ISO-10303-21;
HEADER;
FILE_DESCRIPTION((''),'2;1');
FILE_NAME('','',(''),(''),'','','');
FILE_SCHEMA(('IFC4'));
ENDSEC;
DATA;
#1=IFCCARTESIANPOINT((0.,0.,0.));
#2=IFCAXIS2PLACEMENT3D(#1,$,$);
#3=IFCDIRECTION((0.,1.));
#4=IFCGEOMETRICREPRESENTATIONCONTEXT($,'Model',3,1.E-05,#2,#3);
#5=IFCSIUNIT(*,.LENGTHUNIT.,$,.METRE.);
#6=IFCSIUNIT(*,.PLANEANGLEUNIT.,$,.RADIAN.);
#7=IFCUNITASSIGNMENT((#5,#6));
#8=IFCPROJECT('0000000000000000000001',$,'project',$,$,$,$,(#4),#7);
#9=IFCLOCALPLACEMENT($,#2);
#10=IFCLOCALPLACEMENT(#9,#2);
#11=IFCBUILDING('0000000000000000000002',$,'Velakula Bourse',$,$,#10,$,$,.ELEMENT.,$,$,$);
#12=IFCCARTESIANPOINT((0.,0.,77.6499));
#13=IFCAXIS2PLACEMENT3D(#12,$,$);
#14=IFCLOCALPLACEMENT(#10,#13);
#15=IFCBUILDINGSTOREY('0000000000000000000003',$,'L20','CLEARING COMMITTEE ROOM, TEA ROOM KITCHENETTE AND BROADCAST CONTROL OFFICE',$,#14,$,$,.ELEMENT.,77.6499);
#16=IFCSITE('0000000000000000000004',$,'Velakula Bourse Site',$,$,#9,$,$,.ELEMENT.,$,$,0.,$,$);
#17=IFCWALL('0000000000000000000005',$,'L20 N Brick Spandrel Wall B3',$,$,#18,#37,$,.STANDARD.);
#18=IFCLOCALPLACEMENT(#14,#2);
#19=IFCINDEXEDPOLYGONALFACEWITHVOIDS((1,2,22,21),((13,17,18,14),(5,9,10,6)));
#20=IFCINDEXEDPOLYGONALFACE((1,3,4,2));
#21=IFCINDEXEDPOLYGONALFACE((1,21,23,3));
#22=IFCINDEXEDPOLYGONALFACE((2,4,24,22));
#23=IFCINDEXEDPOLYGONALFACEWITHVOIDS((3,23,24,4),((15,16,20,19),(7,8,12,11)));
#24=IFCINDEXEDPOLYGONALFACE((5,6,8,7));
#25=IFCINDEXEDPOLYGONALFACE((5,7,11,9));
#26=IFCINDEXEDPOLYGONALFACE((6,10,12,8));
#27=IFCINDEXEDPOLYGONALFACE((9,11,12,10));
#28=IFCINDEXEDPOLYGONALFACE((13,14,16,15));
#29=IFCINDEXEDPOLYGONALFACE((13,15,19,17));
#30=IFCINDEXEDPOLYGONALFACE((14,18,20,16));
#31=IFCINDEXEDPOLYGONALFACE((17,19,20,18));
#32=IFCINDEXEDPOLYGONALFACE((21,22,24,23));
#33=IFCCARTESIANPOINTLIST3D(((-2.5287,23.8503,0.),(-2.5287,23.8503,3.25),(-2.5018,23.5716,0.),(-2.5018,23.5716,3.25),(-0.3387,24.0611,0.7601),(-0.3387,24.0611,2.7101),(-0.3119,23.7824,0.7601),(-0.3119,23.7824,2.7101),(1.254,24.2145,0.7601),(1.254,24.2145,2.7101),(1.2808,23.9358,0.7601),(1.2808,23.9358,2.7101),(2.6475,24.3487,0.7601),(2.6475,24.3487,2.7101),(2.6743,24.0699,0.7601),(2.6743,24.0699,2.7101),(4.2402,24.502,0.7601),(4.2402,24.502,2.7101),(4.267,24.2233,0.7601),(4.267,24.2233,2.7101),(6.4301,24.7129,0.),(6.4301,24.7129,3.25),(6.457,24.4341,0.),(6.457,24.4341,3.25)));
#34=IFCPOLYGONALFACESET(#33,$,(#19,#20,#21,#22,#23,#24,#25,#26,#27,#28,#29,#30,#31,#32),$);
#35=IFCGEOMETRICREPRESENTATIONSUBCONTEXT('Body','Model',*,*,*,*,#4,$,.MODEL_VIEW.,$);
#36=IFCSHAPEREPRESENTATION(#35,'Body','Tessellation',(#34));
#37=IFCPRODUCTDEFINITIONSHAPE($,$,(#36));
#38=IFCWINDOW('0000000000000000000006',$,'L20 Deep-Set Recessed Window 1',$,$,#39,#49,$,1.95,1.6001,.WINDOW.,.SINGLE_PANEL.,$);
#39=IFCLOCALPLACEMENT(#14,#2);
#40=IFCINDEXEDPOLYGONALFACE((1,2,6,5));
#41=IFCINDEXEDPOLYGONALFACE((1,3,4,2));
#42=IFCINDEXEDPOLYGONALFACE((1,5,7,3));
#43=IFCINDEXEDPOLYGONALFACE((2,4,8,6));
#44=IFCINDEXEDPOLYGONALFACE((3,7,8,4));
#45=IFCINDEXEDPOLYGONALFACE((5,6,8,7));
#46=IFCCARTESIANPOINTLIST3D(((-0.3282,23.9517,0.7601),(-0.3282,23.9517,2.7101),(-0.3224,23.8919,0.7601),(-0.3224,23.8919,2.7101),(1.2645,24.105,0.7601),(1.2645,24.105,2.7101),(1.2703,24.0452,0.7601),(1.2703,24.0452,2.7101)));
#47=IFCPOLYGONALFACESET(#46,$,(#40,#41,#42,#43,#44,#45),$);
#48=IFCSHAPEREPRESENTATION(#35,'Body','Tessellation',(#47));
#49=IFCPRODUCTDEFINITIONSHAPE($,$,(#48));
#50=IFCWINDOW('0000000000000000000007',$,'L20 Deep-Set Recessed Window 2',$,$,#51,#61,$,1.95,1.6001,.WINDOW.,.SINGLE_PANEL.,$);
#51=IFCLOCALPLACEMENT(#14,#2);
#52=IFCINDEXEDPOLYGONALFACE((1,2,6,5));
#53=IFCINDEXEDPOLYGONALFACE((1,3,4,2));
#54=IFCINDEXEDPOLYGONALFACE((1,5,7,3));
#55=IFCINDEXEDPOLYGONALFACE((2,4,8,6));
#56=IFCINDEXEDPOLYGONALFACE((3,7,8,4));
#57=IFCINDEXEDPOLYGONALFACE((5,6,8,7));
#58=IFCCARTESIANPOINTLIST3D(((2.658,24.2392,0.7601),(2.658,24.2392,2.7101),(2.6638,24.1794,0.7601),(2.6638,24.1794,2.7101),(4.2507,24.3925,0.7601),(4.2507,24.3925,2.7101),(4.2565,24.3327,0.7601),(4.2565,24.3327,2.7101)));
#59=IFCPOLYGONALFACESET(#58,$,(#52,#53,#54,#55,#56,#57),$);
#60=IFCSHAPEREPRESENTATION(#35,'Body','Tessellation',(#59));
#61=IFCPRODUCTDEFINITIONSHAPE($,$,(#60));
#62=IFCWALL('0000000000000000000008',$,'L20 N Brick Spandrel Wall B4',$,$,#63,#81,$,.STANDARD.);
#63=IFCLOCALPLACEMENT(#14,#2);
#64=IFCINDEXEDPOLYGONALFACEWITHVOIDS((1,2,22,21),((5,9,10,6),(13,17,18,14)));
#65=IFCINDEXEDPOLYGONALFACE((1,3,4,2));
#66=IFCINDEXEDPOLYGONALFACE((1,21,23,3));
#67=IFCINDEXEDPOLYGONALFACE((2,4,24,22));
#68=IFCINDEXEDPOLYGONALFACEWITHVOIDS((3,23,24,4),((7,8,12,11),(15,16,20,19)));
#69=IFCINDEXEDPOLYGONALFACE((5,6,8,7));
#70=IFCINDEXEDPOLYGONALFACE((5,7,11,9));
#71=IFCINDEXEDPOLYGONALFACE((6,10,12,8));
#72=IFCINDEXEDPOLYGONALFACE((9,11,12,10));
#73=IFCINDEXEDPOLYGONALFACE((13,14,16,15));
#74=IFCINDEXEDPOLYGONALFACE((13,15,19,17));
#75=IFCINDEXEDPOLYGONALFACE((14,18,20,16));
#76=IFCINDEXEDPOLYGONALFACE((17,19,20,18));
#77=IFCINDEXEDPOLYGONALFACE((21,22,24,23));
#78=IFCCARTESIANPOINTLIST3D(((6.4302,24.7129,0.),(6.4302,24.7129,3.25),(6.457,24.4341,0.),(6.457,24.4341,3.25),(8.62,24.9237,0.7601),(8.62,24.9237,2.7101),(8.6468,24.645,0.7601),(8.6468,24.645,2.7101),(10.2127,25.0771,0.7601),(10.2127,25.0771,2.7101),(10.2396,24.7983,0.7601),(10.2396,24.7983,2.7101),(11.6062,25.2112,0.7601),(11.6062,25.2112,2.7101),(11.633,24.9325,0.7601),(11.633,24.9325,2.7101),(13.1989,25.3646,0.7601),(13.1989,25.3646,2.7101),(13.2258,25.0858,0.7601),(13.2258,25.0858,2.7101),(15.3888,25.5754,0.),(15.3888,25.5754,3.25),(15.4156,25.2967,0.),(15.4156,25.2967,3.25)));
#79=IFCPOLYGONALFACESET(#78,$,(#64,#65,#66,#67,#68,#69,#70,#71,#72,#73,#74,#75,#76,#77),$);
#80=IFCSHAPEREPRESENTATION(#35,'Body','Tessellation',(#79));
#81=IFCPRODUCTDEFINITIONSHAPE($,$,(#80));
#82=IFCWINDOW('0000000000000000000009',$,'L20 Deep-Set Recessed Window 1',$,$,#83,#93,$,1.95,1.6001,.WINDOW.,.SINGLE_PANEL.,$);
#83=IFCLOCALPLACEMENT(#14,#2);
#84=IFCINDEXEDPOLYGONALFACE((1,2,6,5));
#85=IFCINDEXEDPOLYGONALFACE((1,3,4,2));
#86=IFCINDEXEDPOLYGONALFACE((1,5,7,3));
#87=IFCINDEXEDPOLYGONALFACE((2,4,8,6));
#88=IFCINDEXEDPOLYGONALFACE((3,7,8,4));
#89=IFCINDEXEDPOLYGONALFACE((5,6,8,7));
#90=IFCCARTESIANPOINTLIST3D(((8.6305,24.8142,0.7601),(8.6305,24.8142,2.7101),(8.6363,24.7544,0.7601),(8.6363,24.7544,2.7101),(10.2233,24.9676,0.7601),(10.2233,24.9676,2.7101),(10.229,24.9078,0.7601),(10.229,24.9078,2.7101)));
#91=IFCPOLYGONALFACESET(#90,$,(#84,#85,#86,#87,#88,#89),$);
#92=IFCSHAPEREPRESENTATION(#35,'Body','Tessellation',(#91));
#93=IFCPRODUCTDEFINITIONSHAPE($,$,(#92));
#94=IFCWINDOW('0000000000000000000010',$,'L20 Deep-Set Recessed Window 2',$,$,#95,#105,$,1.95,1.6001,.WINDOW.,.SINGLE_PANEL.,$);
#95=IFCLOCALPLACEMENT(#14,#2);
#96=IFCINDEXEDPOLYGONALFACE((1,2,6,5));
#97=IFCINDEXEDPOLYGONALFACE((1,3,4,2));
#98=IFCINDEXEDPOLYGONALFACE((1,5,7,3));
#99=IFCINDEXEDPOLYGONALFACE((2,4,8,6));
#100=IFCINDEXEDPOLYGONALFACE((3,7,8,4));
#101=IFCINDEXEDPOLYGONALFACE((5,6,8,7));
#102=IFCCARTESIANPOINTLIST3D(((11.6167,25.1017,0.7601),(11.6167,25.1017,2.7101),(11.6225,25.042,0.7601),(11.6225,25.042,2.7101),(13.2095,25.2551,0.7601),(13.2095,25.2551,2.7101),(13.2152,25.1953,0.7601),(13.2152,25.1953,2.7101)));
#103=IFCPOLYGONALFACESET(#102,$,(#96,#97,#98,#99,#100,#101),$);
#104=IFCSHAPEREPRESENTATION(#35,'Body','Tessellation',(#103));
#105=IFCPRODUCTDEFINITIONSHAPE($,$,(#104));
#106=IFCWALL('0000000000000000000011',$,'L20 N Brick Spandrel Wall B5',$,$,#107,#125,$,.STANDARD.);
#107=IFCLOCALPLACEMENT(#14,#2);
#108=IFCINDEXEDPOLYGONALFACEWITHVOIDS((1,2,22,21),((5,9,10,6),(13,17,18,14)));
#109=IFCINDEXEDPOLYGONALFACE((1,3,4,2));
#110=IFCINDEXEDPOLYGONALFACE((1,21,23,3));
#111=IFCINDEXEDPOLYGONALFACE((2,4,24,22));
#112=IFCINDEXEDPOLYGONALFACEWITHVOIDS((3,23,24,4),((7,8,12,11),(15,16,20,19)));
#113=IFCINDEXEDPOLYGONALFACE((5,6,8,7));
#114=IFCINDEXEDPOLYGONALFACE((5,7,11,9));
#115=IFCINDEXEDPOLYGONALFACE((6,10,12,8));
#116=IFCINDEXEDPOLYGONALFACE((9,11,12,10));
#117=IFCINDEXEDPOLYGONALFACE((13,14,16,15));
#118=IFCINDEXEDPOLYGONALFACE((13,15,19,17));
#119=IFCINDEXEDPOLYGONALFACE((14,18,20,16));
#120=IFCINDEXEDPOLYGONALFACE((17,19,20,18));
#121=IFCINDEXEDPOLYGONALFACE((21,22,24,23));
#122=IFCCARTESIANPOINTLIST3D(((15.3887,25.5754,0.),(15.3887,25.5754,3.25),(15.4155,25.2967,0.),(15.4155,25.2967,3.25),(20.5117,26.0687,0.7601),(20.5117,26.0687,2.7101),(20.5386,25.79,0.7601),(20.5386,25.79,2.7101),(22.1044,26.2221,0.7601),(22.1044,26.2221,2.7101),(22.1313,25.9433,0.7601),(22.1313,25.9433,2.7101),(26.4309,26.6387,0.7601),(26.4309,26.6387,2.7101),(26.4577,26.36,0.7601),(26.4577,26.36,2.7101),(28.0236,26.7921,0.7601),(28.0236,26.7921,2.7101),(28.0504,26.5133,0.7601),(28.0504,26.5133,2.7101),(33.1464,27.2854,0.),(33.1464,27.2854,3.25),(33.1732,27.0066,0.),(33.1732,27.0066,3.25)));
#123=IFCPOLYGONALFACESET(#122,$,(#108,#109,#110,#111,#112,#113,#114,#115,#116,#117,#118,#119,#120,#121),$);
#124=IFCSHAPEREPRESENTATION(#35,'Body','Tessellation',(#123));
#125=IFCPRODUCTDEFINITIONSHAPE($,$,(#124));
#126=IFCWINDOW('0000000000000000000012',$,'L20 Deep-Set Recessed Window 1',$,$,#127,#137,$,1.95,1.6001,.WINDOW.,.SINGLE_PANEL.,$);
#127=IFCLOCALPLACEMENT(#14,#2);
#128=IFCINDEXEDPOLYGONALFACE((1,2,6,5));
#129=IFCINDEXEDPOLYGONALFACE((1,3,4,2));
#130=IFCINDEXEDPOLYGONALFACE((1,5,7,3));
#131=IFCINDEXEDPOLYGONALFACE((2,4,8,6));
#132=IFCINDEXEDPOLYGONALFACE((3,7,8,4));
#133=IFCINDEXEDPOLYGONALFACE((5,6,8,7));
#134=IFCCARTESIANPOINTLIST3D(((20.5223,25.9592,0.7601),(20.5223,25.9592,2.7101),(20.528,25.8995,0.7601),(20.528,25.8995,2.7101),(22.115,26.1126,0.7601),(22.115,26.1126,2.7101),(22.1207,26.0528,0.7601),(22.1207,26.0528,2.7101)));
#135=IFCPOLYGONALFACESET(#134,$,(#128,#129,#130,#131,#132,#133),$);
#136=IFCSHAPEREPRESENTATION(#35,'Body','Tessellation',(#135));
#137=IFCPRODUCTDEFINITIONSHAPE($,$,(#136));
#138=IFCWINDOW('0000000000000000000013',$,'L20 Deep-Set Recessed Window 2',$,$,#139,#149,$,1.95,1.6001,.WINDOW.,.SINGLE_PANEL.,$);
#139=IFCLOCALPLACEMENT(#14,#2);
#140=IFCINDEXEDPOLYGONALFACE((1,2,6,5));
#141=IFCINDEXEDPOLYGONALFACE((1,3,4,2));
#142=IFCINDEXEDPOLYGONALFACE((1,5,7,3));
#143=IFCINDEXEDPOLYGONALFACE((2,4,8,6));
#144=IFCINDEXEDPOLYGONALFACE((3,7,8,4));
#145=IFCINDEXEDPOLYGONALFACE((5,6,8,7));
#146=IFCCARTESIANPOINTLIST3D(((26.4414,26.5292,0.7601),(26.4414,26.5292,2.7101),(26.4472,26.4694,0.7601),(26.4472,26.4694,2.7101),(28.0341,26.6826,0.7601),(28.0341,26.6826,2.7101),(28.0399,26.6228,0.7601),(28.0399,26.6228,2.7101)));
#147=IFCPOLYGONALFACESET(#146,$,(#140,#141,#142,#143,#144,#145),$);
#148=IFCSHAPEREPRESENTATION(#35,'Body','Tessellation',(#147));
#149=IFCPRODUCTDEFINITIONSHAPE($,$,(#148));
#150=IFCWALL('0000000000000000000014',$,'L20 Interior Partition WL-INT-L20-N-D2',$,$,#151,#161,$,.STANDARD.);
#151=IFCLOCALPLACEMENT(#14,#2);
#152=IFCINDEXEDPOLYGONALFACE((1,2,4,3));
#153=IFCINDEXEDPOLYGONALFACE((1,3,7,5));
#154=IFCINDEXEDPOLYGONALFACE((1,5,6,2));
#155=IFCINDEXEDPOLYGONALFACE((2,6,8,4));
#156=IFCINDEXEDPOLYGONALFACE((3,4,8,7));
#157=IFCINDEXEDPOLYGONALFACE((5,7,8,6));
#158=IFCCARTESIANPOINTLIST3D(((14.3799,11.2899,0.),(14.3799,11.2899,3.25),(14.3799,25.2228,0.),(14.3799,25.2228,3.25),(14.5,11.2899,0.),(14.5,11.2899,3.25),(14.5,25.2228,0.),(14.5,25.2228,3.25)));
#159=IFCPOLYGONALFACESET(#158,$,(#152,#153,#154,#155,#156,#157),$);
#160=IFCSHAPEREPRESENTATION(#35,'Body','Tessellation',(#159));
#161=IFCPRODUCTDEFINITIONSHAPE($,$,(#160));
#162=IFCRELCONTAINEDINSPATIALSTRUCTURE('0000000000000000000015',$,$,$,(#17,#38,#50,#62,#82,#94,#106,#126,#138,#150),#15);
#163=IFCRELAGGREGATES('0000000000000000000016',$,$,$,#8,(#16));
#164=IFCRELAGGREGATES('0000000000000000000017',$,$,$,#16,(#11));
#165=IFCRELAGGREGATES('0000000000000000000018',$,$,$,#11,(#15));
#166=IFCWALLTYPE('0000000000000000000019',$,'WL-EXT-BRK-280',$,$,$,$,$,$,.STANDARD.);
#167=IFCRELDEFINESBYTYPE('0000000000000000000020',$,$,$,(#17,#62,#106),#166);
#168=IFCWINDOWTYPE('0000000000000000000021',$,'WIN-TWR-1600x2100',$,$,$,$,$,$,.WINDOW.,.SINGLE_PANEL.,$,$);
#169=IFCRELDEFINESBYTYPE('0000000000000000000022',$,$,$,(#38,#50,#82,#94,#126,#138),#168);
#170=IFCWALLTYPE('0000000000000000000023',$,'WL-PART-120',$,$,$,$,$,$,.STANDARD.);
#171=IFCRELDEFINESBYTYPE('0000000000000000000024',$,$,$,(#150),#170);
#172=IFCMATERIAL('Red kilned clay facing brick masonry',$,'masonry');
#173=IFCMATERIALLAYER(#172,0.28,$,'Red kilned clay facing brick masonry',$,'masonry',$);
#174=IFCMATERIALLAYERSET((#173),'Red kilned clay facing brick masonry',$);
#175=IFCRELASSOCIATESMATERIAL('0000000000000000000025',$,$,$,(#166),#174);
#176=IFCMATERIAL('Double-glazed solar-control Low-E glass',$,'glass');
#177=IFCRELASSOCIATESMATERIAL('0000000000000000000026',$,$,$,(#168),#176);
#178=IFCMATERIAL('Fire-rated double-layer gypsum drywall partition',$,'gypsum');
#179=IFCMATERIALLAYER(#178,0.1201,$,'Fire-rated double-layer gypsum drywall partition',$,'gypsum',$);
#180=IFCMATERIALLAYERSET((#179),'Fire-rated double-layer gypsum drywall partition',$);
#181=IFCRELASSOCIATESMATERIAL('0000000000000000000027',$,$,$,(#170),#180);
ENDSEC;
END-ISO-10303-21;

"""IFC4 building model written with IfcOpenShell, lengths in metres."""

from ifc_helpers import new_model, si_unit, direction, frame, frame_2d, origin, place, context, subcontext, project, spatial, rectangle, extrude, material, layer, layer_set, type_object, element, fill, save


model = new_model("IFC4")

# Units and contexts
model_context = context("Model", 3, precision=1e-05, world=origin(), true_north=direction((0.0, 1.0)))
body_context = subcontext(model_context, "Body", "Model", "MODEL_VIEW")
ifc_project = project(units=[si_unit("LENGTHUNIT", "METRE"), si_unit("PLANEANGLEUNIT", "RADIAN")], contexts=[model_context])

# Site, building, storey
site_placement = place(None, origin())
site = spatial("IfcSite", under=ifc_project, at=site_placement, Name="Velakula Bourse Site", CompositionType="ELEMENT", RefElevation=0.0)
building_placement = place(site_placement, origin())
building = spatial("IfcBuilding", under=site, at=building_placement, Name="Velakula Bourse", CompositionType="ELEMENT")
storey_placement = place(building_placement, frame((0.0, 0.0, 77.6499)))
storey = spatial("IfcBuildingStorey", under=building, at=storey_placement, Name="L20", Description="CLEARING COMMITTEE ROOM, TEA ROOM KITCHENETTE AND BROADCAST CONTROL OFFICE", CompositionType="ELEMENT", Elevation=77.6499)

# Walls, openings, windows
ifc_material_1 = material(Name="Red kilned clay facing brick masonry", Category="masonry")
ifc_layer_1 = layer(ifc_material_1, 0.28, Name="Red kilned clay facing brick masonry", Category="masonry")
ifc_layer_set_1 = layer_set([ifc_layer_1], Name="Red kilned clay facing brick masonry")
wall_type_1 = type_object("IfcWallType", Name="WL-EXT-BRK-280", PredefinedType="STANDARD", material=ifc_layer_set_1)
wall_1_placement = place(storey_placement, frame((-2.5151, 23.7109, 0.0), z_axis=(0.0, 0.0, 1.0), x_axis=(0.995397, 0.095837, 0.0)))
wall_1 = element("IfcWall", 1, at=wall_1_placement, inside=storey, type_object=wall_type_1, Name="L20 N Brick Spandrel Wall B3", PredefinedType="STANDARD", context=body_context, shape_type="SweptSolid", body=[
    extrude(rectangle(XDim=9.0002, YDim=0.28, at=frame_2d((4.5, 0.0))), origin(), (0.0, 0.0, 1.0), 3.25),
])
opening_1_placement = place(wall_1_placement, frame((2.2, 0.0, 0.76)))
opening_1 = element("IfcOpeningElement", 2, at=opening_1_placement, cuts=wall_1, PredefinedType="OPENING", context=body_context, shape_type="SweptSolid", body=[
    extrude(rectangle(XDim=1.6001, YDim=1.95, at=frame_2d((0.8, 0.9751))), frame((0.0, 0.1499, 0.0), z_axis=(0.0, -1.0, 0.0), x_axis=(1.0, 0.0, 0.0)), (0.0, 0.0, 1.0), 0.3),
])
opening_2_placement = place(wall_1_placement, frame((5.2, 0.0, 0.76)))
opening_2 = element("IfcOpeningElement", 3, at=opening_2_placement, cuts=wall_1, PredefinedType="OPENING", context=body_context, shape_type="SweptSolid", body=[
    extrude(rectangle(XDim=1.6001, YDim=1.95, at=frame_2d((0.8, 0.9751))), frame((0.0, 0.1499, 0.0), z_axis=(0.0, -1.0, 0.0), x_axis=(1.0, 0.0, 0.0)), (0.0, 0.0, 1.0), 0.3),
])
ifc_material_2 = material(Name="Double-glazed solar-control Low-E glass", Category="glass")
window_type = type_object("IfcWindowType", Name="WIN-TWR-1600x2100", PartitioningType="SINGLE_PANEL", PredefinedType="WINDOW", material=ifc_material_2)
window_1_placement = place(opening_1_placement, origin())
window_1 = element("IfcWindow", 4, at=window_1_placement, inside=storey, type_object=window_type, Name="L20 Deep-Set Recessed Window 1", OverallHeight=1.95, OverallWidth=1.6001, PartitioningType="SINGLE_PANEL", PredefinedType="WINDOW", context=body_context, shape_type="SweptSolid", body=[
    extrude(rectangle(XDim=1.6001, YDim=1.95, at=frame_2d((0.8, 0.9751))), frame((0.0, 0.03, 0.0), z_axis=(0.0, -1.0, 0.0), x_axis=(1.0, 0.0, 0.0)), (0.0, 0.0, 1.0), 0.0601),
])
fill(opening_1, window_1)
window_2_placement = place(opening_2_placement, origin())
window_2 = element("IfcWindow", 5, at=window_2_placement, inside=storey, type_object=window_type, Name="L20 Deep-Set Recessed Window 2", OverallHeight=1.95, OverallWidth=1.6001, PartitioningType="SINGLE_PANEL", PredefinedType="WINDOW", context=body_context, shape_type="SweptSolid", body=[
    extrude(rectangle(XDim=1.6001, YDim=1.95, at=frame_2d((0.8, 0.9751))), frame((0.0, 0.03, 0.0), z_axis=(0.0, -1.0, 0.0), x_axis=(1.0, 0.0, 0.0)), (0.0, 0.0, 1.0), 0.0601),
])
fill(opening_2, window_2)
wall_2_placement = place(storey_placement, frame((6.4436, 24.5735, 0.0), z_axis=(0.0, 0.0, 1.0), x_axis=(0.995397, 0.09584, 0.0)))
wall_2 = element("IfcWall", 6, at=wall_2_placement, inside=storey, type_object=wall_type_1, Name="L20 N Brick Spandrel Wall B4", PredefinedType="STANDARD", context=body_context, shape_type="SweptSolid", body=[
    extrude(rectangle(XDim=9.0, YDim=0.28, at=frame_2d((4.5, 0.0))), origin(), (0.0, 0.0, 1.0), 3.25),
])
opening_3_placement = place(wall_2_placement, frame((2.2, 0.0, 0.76)))
opening_3 = element("IfcOpeningElement", 7, at=opening_3_placement, cuts=wall_2, PredefinedType="OPENING", context=body_context, shape_type="SweptSolid", body=[
    extrude(rectangle(XDim=1.6001, YDim=1.95, at=frame_2d((0.8, 0.9751))), frame((0.0, 0.1499, 0.0), z_axis=(0.0, -1.0, 0.0), x_axis=(1.0, 0.0, 0.0)), (0.0, 0.0, 1.0), 0.3),
])
opening_4_placement = place(wall_2_placement, frame((5.2, 0.0, 0.76)))
opening_4 = element("IfcOpeningElement", 8, at=opening_4_placement, cuts=wall_2, PredefinedType="OPENING", context=body_context, shape_type="SweptSolid", body=[
    extrude(rectangle(XDim=1.6001, YDim=1.95, at=frame_2d((0.8, 0.9751))), frame((0.0, 0.1499, 0.0), z_axis=(0.0, -1.0, 0.0), x_axis=(1.0, 0.0, 0.0)), (0.0, 0.0, 1.0), 0.3),
])
window_3_placement = place(opening_3_placement, origin())
window_3 = element("IfcWindow", 9, at=window_3_placement, inside=storey, type_object=window_type, Name="L20 Deep-Set Recessed Window 1", OverallHeight=1.95, OverallWidth=1.6001, PartitioningType="SINGLE_PANEL", PredefinedType="WINDOW", context=body_context, shape_type="SweptSolid", body=[
    extrude(rectangle(XDim=1.6001, YDim=1.95, at=frame_2d((0.8, 0.9751))), frame((0.0, 0.03, 0.0), z_axis=(0.0, -1.0, 0.0), x_axis=(1.0, 0.0, 0.0)), (0.0, 0.0, 1.0), 0.0601),
])
fill(opening_3, window_3)
window_4_placement = place(opening_4_placement, origin())
window_4 = element("IfcWindow", 10, at=window_4_placement, inside=storey, type_object=window_type, Name="L20 Deep-Set Recessed Window 2", OverallHeight=1.95, OverallWidth=1.6001, PartitioningType="SINGLE_PANEL", PredefinedType="WINDOW", context=body_context, shape_type="SweptSolid", body=[
    extrude(rectangle(XDim=1.6001, YDim=1.95, at=frame_2d((0.8, 0.9751))), frame((0.0, 0.03, 0.0), z_axis=(0.0, -1.0, 0.0), x_axis=(1.0, 0.0, 0.0)), (0.0, 0.0, 1.0), 0.0601),
])
fill(opening_4, window_4)
wall_3_placement = place(storey_placement, frame((15.4021, 25.436, 0.0), z_axis=(0.0, 0.0, 1.0), x_axis=(0.995396, 0.09585, 0.0)))
wall_3 = element("IfcWall", 11, at=wall_3_placement, inside=storey, type_object=wall_type_1, Name="L20 N Brick Spandrel Wall B5", PredefinedType="STANDARD", context=body_context, shape_type="SweptSolid", body=[
    extrude(rectangle(XDim=17.8398, YDim=0.28, at=frame_2d((8.9199, 0.0))), origin(), (0.0, 0.0, 1.0), 3.25),
])
opening_5_placement = place(wall_3_placement, frame((5.1467, 0.0, 0.76)))
opening_5 = element("IfcOpeningElement", 12, at=opening_5_placement, cuts=wall_3, PredefinedType="OPENING", context=body_context, shape_type="SweptSolid", body=[
    extrude(rectangle(XDim=1.6001, YDim=1.95, at=frame_2d((0.8, 0.9751))), frame((0.0, 0.1499, 0.0), z_axis=(0.0, -1.0, 0.0), x_axis=(1.0, 0.0, 0.0)), (0.0, 0.0, 1.0), 0.3),
])
opening_6_placement = place(wall_3_placement, frame((11.0933, 0.0, 0.76)))
opening_6 = element("IfcOpeningElement", 13, at=opening_6_placement, cuts=wall_3, PredefinedType="OPENING", context=body_context, shape_type="SweptSolid", body=[
    extrude(rectangle(XDim=1.6001, YDim=1.95, at=frame_2d((0.8, 0.9751))), frame((0.0, 0.1499, 0.0), z_axis=(0.0, -1.0, 0.0), x_axis=(1.0, 0.0, 0.0)), (0.0, 0.0, 1.0), 0.3),
])
window_5_placement = place(opening_5_placement, origin())
window_5 = element("IfcWindow", 14, at=window_5_placement, inside=storey, type_object=window_type, Name="L20 Deep-Set Recessed Window 1", OverallHeight=1.95, OverallWidth=1.6001, PartitioningType="SINGLE_PANEL", PredefinedType="WINDOW", context=body_context, shape_type="SweptSolid", body=[
    extrude(rectangle(XDim=1.6001, YDim=1.95, at=frame_2d((0.8, 0.9751))), frame((0.0, 0.03, 0.0), z_axis=(0.0, -1.0, 0.0), x_axis=(1.0, 0.0, 0.0)), (0.0, 0.0, 1.0), 0.0601),
])
fill(opening_5, window_5)
window_6_placement = place(opening_6_placement, origin())
window_6 = element("IfcWindow", 15, at=window_6_placement, inside=storey, type_object=window_type, Name="L20 Deep-Set Recessed Window 2", OverallHeight=1.95, OverallWidth=1.6001, PartitioningType="SINGLE_PANEL", PredefinedType="WINDOW", context=body_context, shape_type="SweptSolid", body=[
    extrude(rectangle(XDim=1.6001, YDim=1.95, at=frame_2d((0.8, 0.9751))), frame((0.0, 0.03, 0.0), z_axis=(0.0, -1.0, 0.0), x_axis=(1.0, 0.0, 0.0)), (0.0, 0.0, 1.0), 0.0601),
])
fill(opening_6, window_6)

# Wall
ifc_material_3 = material(Name="Fire-rated double-layer gypsum drywall partition", Category="gypsum")
ifc_layer_2 = layer(ifc_material_3, 0.1201, Name="Fire-rated double-layer gypsum drywall partition", Category="gypsum")
ifc_layer_set_2 = layer_set([ifc_layer_2], Name="Fire-rated double-layer gypsum drywall partition")
wall_type_2 = type_object("IfcWallType", Name="WL-PART-120", PredefinedType="STANDARD", material=ifc_layer_set_2)
wall_4_placement = place(storey_placement, frame((14.4399, 11.29, 0.0), z_axis=(0.0, 0.0, 1.0), x_axis=(0.0, 1.0, 0.0)))
element("IfcWall", 16, at=wall_4_placement, inside=storey, type_object=wall_type_2, Name="L20 Interior Partition WL-INT-L20-N-D2", PredefinedType="STANDARD", context=body_context, shape_type="SweptSolid", body=[
    extrude(rectangle(XDim=13.9329, YDim=0.1201, at=frame_2d((6.9663, 0.0))), origin(), (0.0, 0.0, 1.0), 3.25),
])

save(model, "model.ifc")
